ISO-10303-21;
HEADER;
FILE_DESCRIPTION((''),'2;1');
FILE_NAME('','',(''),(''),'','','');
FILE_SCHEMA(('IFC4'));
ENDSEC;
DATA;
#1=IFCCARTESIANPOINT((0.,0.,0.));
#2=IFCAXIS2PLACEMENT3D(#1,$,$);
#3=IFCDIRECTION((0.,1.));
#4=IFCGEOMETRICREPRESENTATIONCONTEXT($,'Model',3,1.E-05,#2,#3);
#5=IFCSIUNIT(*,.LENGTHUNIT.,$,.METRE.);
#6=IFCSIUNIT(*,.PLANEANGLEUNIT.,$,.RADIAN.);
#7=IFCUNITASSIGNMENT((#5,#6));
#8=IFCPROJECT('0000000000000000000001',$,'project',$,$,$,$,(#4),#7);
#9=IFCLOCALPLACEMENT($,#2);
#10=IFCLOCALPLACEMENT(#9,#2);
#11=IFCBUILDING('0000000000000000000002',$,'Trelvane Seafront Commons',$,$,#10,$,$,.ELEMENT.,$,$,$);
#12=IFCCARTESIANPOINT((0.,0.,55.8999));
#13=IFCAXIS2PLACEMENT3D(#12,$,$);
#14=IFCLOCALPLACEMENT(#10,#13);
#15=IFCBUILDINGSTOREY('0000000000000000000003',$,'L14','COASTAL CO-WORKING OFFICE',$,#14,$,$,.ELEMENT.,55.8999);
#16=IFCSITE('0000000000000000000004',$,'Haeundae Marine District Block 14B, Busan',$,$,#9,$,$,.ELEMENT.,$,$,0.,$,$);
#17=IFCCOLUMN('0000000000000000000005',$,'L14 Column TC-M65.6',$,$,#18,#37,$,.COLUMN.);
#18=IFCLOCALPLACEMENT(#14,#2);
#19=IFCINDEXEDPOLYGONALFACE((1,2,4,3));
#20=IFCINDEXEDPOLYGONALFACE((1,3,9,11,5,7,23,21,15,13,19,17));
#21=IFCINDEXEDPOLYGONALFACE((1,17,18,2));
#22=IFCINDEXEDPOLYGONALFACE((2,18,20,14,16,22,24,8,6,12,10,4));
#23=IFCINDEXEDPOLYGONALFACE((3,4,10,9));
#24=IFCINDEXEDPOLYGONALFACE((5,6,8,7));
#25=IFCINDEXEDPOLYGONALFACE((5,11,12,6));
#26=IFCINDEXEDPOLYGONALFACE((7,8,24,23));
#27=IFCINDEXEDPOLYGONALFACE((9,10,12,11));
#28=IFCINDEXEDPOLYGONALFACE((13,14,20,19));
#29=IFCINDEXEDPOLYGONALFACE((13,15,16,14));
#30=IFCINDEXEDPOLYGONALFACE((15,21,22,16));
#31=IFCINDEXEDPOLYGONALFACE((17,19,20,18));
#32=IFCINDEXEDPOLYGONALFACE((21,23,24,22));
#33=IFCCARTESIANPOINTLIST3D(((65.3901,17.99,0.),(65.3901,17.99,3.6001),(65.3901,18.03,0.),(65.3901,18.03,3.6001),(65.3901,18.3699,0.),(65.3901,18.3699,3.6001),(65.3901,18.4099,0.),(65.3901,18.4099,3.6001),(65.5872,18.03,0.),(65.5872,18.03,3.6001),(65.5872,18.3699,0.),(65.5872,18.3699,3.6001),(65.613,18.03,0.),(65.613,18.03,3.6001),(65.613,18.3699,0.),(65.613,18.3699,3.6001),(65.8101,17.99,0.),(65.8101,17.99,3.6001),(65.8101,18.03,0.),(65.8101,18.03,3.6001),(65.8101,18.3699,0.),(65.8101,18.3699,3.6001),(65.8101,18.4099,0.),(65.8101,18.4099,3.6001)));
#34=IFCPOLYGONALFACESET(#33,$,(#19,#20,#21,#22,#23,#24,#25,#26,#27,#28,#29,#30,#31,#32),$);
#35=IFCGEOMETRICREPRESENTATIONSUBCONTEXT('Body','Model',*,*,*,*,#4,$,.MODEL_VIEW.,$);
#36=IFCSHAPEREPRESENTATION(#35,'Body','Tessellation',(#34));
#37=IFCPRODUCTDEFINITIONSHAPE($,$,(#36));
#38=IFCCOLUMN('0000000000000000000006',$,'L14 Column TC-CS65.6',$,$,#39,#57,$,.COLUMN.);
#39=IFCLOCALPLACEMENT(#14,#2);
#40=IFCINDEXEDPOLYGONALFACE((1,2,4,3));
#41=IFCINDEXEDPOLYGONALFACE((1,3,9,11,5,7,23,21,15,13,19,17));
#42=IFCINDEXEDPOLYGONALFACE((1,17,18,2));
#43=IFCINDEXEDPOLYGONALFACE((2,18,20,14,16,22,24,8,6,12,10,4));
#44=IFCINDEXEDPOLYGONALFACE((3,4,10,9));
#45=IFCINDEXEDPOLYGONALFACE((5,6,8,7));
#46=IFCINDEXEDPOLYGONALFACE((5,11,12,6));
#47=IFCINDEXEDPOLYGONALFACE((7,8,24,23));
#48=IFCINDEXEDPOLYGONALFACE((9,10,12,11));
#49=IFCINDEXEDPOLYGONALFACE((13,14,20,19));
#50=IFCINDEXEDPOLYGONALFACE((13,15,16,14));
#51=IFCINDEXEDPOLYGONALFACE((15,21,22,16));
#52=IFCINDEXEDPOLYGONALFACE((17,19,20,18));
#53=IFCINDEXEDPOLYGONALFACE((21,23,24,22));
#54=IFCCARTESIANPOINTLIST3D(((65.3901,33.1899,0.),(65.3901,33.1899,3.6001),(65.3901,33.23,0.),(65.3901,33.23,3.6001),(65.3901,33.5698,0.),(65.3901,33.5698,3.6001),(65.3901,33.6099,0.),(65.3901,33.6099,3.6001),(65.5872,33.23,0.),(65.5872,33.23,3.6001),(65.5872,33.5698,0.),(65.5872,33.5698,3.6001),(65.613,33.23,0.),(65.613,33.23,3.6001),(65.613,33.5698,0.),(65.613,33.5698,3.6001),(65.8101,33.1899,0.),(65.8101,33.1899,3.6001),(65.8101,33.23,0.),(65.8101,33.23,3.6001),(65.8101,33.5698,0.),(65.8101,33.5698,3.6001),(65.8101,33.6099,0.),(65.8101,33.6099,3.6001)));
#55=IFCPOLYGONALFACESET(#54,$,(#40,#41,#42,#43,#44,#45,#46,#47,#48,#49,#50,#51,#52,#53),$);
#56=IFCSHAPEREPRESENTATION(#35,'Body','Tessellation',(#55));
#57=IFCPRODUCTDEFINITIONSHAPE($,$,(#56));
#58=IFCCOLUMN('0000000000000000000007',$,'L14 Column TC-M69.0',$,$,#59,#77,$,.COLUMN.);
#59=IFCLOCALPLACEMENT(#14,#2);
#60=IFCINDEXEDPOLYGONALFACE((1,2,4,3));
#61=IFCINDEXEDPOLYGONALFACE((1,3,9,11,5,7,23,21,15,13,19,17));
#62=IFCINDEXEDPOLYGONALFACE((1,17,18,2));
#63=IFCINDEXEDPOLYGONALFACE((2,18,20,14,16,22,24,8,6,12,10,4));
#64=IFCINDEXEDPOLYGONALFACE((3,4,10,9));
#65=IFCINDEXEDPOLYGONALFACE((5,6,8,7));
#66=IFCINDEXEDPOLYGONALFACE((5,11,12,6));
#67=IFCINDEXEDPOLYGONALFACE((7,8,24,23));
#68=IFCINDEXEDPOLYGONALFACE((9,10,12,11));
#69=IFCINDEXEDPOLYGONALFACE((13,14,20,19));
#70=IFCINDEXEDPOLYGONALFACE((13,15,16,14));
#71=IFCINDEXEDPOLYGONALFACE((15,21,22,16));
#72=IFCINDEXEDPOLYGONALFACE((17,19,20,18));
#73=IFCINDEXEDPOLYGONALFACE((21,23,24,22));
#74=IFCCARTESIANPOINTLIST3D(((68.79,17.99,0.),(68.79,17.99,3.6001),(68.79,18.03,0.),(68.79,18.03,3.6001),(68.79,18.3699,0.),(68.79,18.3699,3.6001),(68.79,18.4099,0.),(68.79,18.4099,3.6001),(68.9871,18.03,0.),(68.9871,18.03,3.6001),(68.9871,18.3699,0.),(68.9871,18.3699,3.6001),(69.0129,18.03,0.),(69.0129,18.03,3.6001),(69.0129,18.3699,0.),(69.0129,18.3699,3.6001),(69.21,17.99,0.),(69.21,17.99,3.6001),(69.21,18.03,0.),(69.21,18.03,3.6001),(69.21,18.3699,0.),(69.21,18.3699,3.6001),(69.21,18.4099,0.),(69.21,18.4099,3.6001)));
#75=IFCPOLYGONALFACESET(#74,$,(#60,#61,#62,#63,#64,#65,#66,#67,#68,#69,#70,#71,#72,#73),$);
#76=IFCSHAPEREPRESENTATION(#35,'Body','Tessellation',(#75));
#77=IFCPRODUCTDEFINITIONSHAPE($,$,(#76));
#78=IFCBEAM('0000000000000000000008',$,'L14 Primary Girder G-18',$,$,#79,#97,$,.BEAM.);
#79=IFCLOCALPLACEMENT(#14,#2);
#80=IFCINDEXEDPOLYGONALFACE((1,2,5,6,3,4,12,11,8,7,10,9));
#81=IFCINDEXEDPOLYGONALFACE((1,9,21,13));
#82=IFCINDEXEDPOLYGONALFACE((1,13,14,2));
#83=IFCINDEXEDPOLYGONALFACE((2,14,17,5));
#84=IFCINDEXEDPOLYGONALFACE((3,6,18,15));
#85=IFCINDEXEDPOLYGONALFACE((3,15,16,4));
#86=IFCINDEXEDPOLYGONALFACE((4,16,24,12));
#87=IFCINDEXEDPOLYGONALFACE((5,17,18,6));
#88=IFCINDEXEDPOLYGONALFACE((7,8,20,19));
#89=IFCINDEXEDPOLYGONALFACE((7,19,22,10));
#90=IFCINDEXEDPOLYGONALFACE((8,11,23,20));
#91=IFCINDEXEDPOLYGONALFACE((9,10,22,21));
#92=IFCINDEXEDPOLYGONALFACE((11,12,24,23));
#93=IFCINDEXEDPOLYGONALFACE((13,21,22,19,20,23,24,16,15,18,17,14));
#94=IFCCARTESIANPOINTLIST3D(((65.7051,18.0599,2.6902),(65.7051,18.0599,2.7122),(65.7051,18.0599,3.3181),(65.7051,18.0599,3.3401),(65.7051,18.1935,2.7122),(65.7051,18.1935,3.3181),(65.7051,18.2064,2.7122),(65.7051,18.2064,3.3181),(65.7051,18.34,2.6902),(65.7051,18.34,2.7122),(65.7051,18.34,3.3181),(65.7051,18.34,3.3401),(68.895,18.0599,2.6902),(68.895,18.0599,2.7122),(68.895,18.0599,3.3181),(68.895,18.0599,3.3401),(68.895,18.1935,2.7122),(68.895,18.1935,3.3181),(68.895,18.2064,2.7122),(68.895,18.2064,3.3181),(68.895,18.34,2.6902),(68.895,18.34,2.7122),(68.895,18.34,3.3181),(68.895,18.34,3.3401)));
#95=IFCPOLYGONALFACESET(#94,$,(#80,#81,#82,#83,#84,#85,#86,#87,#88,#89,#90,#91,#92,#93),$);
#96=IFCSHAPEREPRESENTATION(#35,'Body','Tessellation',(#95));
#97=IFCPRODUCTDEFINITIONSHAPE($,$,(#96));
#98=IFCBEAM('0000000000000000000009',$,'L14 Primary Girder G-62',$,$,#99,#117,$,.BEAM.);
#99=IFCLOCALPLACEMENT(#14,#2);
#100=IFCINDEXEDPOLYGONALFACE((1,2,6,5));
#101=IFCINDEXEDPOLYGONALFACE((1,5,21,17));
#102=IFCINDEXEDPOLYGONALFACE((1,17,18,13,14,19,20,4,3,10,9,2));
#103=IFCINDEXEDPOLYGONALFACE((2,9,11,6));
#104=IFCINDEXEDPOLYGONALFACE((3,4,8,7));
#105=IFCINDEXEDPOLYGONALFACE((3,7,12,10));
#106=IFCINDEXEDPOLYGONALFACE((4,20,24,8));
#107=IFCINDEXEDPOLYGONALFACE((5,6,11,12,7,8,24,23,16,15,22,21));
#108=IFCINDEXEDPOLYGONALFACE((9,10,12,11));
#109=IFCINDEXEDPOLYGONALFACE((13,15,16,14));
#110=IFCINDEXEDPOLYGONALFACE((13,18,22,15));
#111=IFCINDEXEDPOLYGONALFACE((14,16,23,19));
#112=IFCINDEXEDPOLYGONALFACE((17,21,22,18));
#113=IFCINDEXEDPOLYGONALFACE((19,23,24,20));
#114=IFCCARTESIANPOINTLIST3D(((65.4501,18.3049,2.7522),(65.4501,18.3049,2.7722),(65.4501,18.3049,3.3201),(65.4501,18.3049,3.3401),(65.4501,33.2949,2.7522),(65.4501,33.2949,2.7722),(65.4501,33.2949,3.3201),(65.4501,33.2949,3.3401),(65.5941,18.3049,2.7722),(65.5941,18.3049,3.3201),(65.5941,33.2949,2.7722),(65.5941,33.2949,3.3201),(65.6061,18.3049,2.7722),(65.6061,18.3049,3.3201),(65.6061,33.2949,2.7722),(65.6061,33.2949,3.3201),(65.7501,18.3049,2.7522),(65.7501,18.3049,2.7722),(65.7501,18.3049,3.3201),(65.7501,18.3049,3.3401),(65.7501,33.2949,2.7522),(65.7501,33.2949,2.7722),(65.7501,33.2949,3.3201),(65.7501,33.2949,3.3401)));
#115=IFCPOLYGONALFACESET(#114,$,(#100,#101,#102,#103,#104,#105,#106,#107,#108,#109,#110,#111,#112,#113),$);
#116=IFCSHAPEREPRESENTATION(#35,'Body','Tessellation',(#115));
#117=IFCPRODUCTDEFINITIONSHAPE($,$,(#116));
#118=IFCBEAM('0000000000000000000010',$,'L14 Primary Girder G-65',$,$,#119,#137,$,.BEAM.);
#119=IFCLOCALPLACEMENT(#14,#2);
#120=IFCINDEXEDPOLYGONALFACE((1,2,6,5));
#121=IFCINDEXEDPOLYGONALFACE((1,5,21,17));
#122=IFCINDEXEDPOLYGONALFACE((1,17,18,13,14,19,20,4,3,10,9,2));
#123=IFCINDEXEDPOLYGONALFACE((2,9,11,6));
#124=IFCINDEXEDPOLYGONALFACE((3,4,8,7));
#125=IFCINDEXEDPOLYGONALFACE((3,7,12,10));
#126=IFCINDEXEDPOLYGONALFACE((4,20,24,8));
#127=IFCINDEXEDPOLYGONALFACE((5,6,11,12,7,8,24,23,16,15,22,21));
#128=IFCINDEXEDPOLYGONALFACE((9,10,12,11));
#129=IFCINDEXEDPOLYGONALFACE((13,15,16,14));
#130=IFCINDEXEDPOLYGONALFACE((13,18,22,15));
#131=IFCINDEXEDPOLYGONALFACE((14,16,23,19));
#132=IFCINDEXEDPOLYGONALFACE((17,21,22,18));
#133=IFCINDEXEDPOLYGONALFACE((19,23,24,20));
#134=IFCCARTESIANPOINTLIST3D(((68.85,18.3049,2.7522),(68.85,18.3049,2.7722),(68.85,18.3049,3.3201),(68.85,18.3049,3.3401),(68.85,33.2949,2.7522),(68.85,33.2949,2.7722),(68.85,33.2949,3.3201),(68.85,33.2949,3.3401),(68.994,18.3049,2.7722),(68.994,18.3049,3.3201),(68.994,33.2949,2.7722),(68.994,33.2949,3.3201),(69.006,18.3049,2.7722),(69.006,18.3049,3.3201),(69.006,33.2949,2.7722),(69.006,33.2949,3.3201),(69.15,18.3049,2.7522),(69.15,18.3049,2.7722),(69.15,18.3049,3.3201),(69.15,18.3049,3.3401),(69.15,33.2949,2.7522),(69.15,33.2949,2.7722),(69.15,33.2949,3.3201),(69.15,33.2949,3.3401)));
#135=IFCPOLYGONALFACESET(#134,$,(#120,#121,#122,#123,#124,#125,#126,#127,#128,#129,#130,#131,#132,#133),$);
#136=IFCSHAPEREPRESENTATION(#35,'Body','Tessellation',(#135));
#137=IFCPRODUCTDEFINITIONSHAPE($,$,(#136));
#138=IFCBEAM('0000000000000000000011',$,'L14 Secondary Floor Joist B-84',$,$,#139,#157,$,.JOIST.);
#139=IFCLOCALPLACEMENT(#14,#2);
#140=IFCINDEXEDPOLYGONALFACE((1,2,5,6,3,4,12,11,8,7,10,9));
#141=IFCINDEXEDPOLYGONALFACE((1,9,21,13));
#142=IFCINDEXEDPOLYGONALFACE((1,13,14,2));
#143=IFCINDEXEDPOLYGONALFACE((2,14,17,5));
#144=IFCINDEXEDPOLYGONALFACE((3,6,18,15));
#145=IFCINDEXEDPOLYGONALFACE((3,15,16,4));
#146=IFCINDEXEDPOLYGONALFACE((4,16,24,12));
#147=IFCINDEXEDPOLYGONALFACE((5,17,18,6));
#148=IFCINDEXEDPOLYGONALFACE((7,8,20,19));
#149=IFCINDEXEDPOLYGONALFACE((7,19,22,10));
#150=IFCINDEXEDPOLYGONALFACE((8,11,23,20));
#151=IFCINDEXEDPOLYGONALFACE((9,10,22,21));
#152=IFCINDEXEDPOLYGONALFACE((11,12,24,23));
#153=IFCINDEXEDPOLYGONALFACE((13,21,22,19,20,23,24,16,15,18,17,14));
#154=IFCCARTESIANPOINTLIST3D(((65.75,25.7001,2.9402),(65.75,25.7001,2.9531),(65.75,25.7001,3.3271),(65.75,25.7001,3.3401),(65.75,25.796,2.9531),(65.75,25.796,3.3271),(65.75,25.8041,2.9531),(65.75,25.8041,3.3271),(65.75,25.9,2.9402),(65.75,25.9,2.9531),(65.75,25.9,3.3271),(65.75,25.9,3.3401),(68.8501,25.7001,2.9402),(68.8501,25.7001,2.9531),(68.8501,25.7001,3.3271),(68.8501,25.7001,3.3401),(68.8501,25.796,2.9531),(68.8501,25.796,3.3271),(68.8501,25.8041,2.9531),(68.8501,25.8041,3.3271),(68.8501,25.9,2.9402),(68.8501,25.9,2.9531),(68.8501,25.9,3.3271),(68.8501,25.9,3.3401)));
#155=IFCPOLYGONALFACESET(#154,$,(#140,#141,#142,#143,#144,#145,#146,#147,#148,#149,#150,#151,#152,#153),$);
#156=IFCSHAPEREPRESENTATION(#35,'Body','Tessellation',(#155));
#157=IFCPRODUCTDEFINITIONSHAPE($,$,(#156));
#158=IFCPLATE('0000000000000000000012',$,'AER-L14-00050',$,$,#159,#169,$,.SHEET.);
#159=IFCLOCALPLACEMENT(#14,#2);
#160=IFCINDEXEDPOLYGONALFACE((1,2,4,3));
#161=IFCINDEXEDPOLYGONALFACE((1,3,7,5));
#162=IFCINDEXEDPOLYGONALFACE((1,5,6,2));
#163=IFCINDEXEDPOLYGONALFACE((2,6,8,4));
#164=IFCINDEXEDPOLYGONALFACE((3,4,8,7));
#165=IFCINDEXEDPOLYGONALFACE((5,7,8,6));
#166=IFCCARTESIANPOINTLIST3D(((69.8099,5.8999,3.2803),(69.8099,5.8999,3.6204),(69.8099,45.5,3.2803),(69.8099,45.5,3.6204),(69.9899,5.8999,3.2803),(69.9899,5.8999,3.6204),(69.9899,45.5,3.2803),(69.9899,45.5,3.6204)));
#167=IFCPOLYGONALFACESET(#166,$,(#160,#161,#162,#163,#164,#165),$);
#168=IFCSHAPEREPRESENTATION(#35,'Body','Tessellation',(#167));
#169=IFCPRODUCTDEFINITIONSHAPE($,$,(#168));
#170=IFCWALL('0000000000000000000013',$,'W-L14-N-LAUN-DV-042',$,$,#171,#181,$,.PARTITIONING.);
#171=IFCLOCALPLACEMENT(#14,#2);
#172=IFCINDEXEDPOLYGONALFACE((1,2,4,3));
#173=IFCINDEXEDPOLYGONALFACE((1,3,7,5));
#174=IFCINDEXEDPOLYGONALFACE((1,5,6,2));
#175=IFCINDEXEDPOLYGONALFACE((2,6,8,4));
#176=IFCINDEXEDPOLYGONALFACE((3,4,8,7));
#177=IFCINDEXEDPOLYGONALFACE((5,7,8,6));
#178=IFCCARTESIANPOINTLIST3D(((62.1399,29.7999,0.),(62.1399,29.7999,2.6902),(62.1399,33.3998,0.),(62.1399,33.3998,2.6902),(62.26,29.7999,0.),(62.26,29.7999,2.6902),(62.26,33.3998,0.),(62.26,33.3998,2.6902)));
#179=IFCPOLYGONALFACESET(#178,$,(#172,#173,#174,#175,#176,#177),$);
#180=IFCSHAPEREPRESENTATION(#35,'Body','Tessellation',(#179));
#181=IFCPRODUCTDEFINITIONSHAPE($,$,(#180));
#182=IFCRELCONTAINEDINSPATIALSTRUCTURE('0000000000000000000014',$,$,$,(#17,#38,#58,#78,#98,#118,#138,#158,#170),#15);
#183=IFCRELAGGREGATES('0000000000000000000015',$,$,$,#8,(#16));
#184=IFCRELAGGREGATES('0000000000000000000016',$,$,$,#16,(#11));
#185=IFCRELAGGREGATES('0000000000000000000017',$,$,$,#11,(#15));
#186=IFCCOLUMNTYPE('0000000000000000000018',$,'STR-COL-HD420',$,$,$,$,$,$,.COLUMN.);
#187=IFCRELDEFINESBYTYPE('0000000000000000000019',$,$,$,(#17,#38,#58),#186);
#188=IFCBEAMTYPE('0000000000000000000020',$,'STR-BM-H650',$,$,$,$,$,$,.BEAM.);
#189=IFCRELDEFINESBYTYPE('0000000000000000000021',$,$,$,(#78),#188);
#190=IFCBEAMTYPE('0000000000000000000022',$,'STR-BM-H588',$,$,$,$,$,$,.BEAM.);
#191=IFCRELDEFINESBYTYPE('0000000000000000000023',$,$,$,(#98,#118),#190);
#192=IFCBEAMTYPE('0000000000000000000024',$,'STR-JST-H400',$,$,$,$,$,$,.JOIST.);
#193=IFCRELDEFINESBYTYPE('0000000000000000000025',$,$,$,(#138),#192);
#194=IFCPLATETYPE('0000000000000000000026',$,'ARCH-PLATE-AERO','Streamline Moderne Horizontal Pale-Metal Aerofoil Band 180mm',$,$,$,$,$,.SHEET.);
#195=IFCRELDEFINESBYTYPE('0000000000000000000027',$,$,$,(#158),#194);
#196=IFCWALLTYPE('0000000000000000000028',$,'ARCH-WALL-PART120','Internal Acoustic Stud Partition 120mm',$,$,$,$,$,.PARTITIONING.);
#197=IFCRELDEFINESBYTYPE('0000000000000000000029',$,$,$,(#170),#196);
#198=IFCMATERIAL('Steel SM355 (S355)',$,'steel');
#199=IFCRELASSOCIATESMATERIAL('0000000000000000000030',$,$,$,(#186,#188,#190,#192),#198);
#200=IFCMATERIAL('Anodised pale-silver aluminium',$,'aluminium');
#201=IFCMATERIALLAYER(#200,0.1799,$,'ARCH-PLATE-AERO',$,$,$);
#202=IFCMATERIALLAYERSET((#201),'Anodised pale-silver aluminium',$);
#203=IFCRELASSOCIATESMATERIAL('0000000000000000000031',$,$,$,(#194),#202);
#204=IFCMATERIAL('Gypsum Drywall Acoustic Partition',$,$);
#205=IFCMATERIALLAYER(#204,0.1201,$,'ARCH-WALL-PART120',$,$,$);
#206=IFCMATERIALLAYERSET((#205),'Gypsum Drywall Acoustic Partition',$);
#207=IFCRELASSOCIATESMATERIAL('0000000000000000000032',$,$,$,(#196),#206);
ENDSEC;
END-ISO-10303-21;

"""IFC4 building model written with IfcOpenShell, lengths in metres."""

from ifc_helpers import new_model, si_unit, direction, frame, frame_2d, origin, origin_2d, place, context, subcontext, project, spatial, rectangle, i_section, extrude, source, transform, mapped, material, layer, layer_set, material_profile, profile_set, type_object, element, save


model = new_model("IFC4")

# Units and contexts
model_context = context("Model", 3, precision=1e-05, world=origin(), true_north=direction((0.0, 1.0)))
body_context = subcontext(model_context, "Body", "Model", "MODEL_VIEW")
ifc_project = project(units=[si_unit("LENGTHUNIT", "METRE"), si_unit("PLANEANGLEUNIT", "RADIAN")], contexts=[model_context])

# Site, building, storey
site_placement = place(None, origin())
site = spatial("IfcSite", under=ifc_project, at=site_placement, Name="Haeundae Marine District Block 14B, Busan", CompositionType="ELEMENT", RefElevation=0.0)
building_placement = place(site_placement, origin())
building = spatial("IfcBuilding", under=site, at=building_placement, Name="Trelvane Seafront Commons", CompositionType="ELEMENT")
storey_placement = place(building_placement, frame((0.0, 0.0, 55.8999)))
storey = spatial("IfcBuildingStorey", under=building, at=storey_placement, Name="L14", Description="COASTAL CO-WORKING OFFICE", CompositionType="ELEMENT", Elevation=55.8999)

# Columns
ifc_material_1 = material(Name="Steel SM355 (S355)", Category="steel")
ifc_material_profile_1 = material_profile(ifc_material_1, i_section(OverallWidth=0.4199, OverallDepth=0.4199, WebThickness=0.0259, FlangeThickness=0.04, at=origin_2d()), Name="HD-420x420x26x40")
ifc_profile_set_1 = profile_set([ifc_material_profile_1], Name="Steel SM355 (S355)")
column_type = type_object("IfcColumnType", Name="STR-COL-HD420", PredefinedType="COLUMN", material=ifc_profile_set_1)
shared_shape_1 = source(origin(), body_context, "Body", "SweptSolid", [
    extrude(i_section(OverallWidth=0.4199, OverallDepth=0.4199, WebThickness=0.0259, FlangeThickness=0.04, at=origin_2d()), origin(), (0.0, 0.0, 1.0), 3.6001),
])
for number, where, z_axis, x_axis, name in (
    (1, (65.6001, 18.2, 0.0), (0.0, 0.0, 1.0), (1.0, 0.0, 0.0), "L14 Column TC-M65.6"),
    (2, (65.6001, 33.3999, 0.0), (0.0, 0.0, 1.0), (1.0, 0.0, 0.0), "L14 Column TC-CS65.6"),
    (3, (69.0, 18.2, 0.0), (0.0, 0.0, 1.0), (1.0, 0.0, 0.0), "L14 Column TC-M69.0"),
):
    element("IfcColumn", number, at=place(storey_placement, frame(where, z_axis=z_axis, x_axis=x_axis)), inside=storey, type_object=column_type, Name=name, PredefinedType="COLUMN", context=body_context, shape_type="MappedRepresentation", body=[
        mapped(shared_shape_1, transform((0.0, 0.0, 0.0), x_axis=(1.0, 0.0, 0.0), y_axis=(0.0, 1.0, 0.0), z_axis=(0.0, 0.0, 1.0), scale=1.0)),
    ])

# Beams
ifc_material_profile_2 = material_profile(ifc_material_1, i_section(OverallWidth=0.28, OverallDepth=0.6499, WebThickness=0.0129, FlangeThickness=0.022, at=origin_2d()), Name="H-650x280x13x22")
ifc_profile_set_2 = profile_set([ifc_material_profile_2], Name="Steel SM355 (S355)")
beam_type_1 = type_object("IfcBeamType", Name="STR-BM-H650", PredefinedType="BEAM", material=ifc_profile_set_2)
shared_shape_2 = source(origin(), body_context, "Body", "SweptSolid", [
    extrude(i_section(OverallWidth=0.28, OverallDepth=0.6499, WebThickness=0.0129, FlangeThickness=0.022, at=origin_2d()), origin(), (0.0, 0.0, 1.0), 3.1899),
])
beam_1_placement = place(storey_placement, frame((65.7051, 18.2, 3.0151), z_axis=(1.0, 0.0, 0.0), x_axis=(0.0, 1.0, 0.0)))
element("IfcBeam", 4, at=beam_1_placement, inside=storey, type_object=beam_type_1, Name="L14 Primary Girder G-18", PredefinedType="BEAM", context=body_context, shape_type="MappedRepresentation", body=[
    mapped(shared_shape_2, transform((0.0, 0.0, 0.0), x_axis=(1.0, 0.0, 0.0), y_axis=(0.0, 1.0, 0.0), z_axis=(0.0, 0.0, 1.0), scale=1.0)),
])
ifc_material_profile_3 = material_profile(ifc_material_1, i_section(OverallWidth=0.3, OverallDepth=0.5879, WebThickness=0.012, FlangeThickness=0.02, at=origin_2d()), Name="H-588x300x12x20")
ifc_profile_set_3 = profile_set([ifc_material_profile_3], Name="Steel SM355 (S355)")
beam_type_2 = type_object("IfcBeamType", Name="STR-BM-H588", PredefinedType="BEAM", material=ifc_profile_set_3)
shared_shape_3 = source(origin(), body_context, "Body", "SweptSolid", [
    extrude(i_section(OverallWidth=0.3, OverallDepth=0.5879, WebThickness=0.012, FlangeThickness=0.02, at=origin_2d()), origin(), (0.0, 0.0, 1.0), 14.99),
])
for number, where, z_axis, x_axis, name in (
    (5, (65.6001, 18.3049, 3.0461), (0.0, 1.0, 0.0), (-1.0, 0.0, 0.0), "L14 Primary Girder G-62"),
    (6, (69.0, 18.3049, 3.0461), (0.0, 1.0, 0.0), (-1.0, 0.0, 0.0), "L14 Primary Girder G-65"),
):
    element("IfcBeam", number, at=place(storey_placement, frame(where, z_axis=z_axis, x_axis=x_axis)), inside=storey, type_object=beam_type_2, Name=name, PredefinedType="BEAM", context=body_context, shape_type="MappedRepresentation", body=[
        mapped(shared_shape_3, transform((0.0, 0.0, 0.0), x_axis=(1.0, 0.0, 0.0), y_axis=(0.0, 1.0, 0.0), z_axis=(0.0, 0.0, 1.0), scale=1.0)),
    ])
ifc_material_profile_4 = material_profile(ifc_material_1, i_section(OverallWidth=0.2, OverallDepth=0.3999, WebThickness=0.0081, FlangeThickness=0.0129, at=origin_2d()), Name="H-400x200x8x13")
ifc_profile_set_4 = profile_set([ifc_material_profile_4], Name="Steel SM355 (S355)")
beam_type_3 = type_object("IfcBeamType", Name="STR-JST-H400", PredefinedType="JOIST", material=ifc_profile_set_4)
shared_shape_4 = source(origin(), body_context, "Body", "SweptSolid", [
    extrude(i_section(OverallWidth=0.2, OverallDepth=0.3999, WebThickness=0.0081, FlangeThickness=0.0129, at=origin_2d()), origin(), (0.0, 0.0, 1.0), 3.1001),
])
beam_2_placement = place(storey_placement, frame((65.75, 25.8, 3.1401), z_axis=(1.0, 0.0, 0.0), x_axis=(0.0, 1.0, 0.0)))
element("IfcBeam", 7, at=beam_2_placement, inside=storey, type_object=beam_type_3, Name="L14 Secondary Floor Joist B-84", PredefinedType="JOIST", context=body_context, shape_type="MappedRepresentation", body=[
    mapped(shared_shape_4, transform((0.0, 0.0, 0.0), x_axis=(1.0, 0.0, 0.0), y_axis=(0.0, 1.0, 0.0), z_axis=(0.0, 0.0, 1.0), scale=1.0)),
])

# Plate
ifc_material_2 = material(Name="Anodised pale-silver aluminium", Category="aluminium")
ifc_layer_1 = layer(ifc_material_2, 0.1799, Name="ARCH-PLATE-AERO")
ifc_layer_set_1 = layer_set([ifc_layer_1], Name="Anodised pale-silver aluminium")
plate_type = type_object("IfcPlateType", Name="ARCH-PLATE-AERO", Description="Streamline Moderne Horizontal Pale-Metal Aerofoil Band 180mm", PredefinedType="SHEET", material=ifc_layer_set_1)
shared_shape_5 = source(origin(), body_context, "Body", "SweptSolid", [
    extrude(rectangle(XDim=39.6001, YDim=0.1799, at=origin_2d()), origin(), (0.0, 0.0, 1.0), 0.3401),
])
plate_placement = place(storey_placement, frame((69.8999, 25.7, 3.2803), z_axis=(0.0, 0.0, 1.0), x_axis=(0.0, -1.0, 0.0)))
element("IfcPlate", 8, at=plate_placement, inside=storey, type_object=plate_type, Name="AER-L14-00050", PredefinedType="SHEET", context=body_context, shape_type="MappedRepresentation", body=[
    mapped(shared_shape_5, transform((0.0, 0.0, 0.0), x_axis=(1.0, 0.0, 0.0), y_axis=(0.0, 1.0, 0.0), z_axis=(0.0, 0.0, 1.0), scale=1.0)),
])

# Wall
ifc_material_3 = material(Name="Gypsum Drywall Acoustic Partition")
ifc_layer_2 = layer(ifc_material_3, 0.1201, Name="ARCH-WALL-PART120")
ifc_layer_set_2 = layer_set([ifc_layer_2], Name="Gypsum Drywall Acoustic Partition")
wall_type_1 = type_object("IfcWallType", Name="ARCH-WALL-PART120", Description="Internal Acoustic Stud Partition 120mm", PredefinedType="PARTITIONING", material=ifc_layer_set_2)
wall_1_placement = place(storey_placement, frame((62.2, 29.8, 0.0), z_axis=(0.0, 0.0, 1.0), x_axis=(0.0, 1.0, 0.0)))
element("IfcWall", 9, at=wall_1_placement, inside=storey, type_object=wall_type_1, Name="W-L14-N-LAUN-DV-042", PredefinedType="PARTITIONING", context=body_context, shape_type="SweptSolid", body=[
    extrude(rectangle(XDim=3.5999, YDim=0.1201, at=frame_2d((1.7998, 0.0))), origin(), (0.0, 0.0, 1.0), 2.6902),
])

save(model, "model.ifc")
